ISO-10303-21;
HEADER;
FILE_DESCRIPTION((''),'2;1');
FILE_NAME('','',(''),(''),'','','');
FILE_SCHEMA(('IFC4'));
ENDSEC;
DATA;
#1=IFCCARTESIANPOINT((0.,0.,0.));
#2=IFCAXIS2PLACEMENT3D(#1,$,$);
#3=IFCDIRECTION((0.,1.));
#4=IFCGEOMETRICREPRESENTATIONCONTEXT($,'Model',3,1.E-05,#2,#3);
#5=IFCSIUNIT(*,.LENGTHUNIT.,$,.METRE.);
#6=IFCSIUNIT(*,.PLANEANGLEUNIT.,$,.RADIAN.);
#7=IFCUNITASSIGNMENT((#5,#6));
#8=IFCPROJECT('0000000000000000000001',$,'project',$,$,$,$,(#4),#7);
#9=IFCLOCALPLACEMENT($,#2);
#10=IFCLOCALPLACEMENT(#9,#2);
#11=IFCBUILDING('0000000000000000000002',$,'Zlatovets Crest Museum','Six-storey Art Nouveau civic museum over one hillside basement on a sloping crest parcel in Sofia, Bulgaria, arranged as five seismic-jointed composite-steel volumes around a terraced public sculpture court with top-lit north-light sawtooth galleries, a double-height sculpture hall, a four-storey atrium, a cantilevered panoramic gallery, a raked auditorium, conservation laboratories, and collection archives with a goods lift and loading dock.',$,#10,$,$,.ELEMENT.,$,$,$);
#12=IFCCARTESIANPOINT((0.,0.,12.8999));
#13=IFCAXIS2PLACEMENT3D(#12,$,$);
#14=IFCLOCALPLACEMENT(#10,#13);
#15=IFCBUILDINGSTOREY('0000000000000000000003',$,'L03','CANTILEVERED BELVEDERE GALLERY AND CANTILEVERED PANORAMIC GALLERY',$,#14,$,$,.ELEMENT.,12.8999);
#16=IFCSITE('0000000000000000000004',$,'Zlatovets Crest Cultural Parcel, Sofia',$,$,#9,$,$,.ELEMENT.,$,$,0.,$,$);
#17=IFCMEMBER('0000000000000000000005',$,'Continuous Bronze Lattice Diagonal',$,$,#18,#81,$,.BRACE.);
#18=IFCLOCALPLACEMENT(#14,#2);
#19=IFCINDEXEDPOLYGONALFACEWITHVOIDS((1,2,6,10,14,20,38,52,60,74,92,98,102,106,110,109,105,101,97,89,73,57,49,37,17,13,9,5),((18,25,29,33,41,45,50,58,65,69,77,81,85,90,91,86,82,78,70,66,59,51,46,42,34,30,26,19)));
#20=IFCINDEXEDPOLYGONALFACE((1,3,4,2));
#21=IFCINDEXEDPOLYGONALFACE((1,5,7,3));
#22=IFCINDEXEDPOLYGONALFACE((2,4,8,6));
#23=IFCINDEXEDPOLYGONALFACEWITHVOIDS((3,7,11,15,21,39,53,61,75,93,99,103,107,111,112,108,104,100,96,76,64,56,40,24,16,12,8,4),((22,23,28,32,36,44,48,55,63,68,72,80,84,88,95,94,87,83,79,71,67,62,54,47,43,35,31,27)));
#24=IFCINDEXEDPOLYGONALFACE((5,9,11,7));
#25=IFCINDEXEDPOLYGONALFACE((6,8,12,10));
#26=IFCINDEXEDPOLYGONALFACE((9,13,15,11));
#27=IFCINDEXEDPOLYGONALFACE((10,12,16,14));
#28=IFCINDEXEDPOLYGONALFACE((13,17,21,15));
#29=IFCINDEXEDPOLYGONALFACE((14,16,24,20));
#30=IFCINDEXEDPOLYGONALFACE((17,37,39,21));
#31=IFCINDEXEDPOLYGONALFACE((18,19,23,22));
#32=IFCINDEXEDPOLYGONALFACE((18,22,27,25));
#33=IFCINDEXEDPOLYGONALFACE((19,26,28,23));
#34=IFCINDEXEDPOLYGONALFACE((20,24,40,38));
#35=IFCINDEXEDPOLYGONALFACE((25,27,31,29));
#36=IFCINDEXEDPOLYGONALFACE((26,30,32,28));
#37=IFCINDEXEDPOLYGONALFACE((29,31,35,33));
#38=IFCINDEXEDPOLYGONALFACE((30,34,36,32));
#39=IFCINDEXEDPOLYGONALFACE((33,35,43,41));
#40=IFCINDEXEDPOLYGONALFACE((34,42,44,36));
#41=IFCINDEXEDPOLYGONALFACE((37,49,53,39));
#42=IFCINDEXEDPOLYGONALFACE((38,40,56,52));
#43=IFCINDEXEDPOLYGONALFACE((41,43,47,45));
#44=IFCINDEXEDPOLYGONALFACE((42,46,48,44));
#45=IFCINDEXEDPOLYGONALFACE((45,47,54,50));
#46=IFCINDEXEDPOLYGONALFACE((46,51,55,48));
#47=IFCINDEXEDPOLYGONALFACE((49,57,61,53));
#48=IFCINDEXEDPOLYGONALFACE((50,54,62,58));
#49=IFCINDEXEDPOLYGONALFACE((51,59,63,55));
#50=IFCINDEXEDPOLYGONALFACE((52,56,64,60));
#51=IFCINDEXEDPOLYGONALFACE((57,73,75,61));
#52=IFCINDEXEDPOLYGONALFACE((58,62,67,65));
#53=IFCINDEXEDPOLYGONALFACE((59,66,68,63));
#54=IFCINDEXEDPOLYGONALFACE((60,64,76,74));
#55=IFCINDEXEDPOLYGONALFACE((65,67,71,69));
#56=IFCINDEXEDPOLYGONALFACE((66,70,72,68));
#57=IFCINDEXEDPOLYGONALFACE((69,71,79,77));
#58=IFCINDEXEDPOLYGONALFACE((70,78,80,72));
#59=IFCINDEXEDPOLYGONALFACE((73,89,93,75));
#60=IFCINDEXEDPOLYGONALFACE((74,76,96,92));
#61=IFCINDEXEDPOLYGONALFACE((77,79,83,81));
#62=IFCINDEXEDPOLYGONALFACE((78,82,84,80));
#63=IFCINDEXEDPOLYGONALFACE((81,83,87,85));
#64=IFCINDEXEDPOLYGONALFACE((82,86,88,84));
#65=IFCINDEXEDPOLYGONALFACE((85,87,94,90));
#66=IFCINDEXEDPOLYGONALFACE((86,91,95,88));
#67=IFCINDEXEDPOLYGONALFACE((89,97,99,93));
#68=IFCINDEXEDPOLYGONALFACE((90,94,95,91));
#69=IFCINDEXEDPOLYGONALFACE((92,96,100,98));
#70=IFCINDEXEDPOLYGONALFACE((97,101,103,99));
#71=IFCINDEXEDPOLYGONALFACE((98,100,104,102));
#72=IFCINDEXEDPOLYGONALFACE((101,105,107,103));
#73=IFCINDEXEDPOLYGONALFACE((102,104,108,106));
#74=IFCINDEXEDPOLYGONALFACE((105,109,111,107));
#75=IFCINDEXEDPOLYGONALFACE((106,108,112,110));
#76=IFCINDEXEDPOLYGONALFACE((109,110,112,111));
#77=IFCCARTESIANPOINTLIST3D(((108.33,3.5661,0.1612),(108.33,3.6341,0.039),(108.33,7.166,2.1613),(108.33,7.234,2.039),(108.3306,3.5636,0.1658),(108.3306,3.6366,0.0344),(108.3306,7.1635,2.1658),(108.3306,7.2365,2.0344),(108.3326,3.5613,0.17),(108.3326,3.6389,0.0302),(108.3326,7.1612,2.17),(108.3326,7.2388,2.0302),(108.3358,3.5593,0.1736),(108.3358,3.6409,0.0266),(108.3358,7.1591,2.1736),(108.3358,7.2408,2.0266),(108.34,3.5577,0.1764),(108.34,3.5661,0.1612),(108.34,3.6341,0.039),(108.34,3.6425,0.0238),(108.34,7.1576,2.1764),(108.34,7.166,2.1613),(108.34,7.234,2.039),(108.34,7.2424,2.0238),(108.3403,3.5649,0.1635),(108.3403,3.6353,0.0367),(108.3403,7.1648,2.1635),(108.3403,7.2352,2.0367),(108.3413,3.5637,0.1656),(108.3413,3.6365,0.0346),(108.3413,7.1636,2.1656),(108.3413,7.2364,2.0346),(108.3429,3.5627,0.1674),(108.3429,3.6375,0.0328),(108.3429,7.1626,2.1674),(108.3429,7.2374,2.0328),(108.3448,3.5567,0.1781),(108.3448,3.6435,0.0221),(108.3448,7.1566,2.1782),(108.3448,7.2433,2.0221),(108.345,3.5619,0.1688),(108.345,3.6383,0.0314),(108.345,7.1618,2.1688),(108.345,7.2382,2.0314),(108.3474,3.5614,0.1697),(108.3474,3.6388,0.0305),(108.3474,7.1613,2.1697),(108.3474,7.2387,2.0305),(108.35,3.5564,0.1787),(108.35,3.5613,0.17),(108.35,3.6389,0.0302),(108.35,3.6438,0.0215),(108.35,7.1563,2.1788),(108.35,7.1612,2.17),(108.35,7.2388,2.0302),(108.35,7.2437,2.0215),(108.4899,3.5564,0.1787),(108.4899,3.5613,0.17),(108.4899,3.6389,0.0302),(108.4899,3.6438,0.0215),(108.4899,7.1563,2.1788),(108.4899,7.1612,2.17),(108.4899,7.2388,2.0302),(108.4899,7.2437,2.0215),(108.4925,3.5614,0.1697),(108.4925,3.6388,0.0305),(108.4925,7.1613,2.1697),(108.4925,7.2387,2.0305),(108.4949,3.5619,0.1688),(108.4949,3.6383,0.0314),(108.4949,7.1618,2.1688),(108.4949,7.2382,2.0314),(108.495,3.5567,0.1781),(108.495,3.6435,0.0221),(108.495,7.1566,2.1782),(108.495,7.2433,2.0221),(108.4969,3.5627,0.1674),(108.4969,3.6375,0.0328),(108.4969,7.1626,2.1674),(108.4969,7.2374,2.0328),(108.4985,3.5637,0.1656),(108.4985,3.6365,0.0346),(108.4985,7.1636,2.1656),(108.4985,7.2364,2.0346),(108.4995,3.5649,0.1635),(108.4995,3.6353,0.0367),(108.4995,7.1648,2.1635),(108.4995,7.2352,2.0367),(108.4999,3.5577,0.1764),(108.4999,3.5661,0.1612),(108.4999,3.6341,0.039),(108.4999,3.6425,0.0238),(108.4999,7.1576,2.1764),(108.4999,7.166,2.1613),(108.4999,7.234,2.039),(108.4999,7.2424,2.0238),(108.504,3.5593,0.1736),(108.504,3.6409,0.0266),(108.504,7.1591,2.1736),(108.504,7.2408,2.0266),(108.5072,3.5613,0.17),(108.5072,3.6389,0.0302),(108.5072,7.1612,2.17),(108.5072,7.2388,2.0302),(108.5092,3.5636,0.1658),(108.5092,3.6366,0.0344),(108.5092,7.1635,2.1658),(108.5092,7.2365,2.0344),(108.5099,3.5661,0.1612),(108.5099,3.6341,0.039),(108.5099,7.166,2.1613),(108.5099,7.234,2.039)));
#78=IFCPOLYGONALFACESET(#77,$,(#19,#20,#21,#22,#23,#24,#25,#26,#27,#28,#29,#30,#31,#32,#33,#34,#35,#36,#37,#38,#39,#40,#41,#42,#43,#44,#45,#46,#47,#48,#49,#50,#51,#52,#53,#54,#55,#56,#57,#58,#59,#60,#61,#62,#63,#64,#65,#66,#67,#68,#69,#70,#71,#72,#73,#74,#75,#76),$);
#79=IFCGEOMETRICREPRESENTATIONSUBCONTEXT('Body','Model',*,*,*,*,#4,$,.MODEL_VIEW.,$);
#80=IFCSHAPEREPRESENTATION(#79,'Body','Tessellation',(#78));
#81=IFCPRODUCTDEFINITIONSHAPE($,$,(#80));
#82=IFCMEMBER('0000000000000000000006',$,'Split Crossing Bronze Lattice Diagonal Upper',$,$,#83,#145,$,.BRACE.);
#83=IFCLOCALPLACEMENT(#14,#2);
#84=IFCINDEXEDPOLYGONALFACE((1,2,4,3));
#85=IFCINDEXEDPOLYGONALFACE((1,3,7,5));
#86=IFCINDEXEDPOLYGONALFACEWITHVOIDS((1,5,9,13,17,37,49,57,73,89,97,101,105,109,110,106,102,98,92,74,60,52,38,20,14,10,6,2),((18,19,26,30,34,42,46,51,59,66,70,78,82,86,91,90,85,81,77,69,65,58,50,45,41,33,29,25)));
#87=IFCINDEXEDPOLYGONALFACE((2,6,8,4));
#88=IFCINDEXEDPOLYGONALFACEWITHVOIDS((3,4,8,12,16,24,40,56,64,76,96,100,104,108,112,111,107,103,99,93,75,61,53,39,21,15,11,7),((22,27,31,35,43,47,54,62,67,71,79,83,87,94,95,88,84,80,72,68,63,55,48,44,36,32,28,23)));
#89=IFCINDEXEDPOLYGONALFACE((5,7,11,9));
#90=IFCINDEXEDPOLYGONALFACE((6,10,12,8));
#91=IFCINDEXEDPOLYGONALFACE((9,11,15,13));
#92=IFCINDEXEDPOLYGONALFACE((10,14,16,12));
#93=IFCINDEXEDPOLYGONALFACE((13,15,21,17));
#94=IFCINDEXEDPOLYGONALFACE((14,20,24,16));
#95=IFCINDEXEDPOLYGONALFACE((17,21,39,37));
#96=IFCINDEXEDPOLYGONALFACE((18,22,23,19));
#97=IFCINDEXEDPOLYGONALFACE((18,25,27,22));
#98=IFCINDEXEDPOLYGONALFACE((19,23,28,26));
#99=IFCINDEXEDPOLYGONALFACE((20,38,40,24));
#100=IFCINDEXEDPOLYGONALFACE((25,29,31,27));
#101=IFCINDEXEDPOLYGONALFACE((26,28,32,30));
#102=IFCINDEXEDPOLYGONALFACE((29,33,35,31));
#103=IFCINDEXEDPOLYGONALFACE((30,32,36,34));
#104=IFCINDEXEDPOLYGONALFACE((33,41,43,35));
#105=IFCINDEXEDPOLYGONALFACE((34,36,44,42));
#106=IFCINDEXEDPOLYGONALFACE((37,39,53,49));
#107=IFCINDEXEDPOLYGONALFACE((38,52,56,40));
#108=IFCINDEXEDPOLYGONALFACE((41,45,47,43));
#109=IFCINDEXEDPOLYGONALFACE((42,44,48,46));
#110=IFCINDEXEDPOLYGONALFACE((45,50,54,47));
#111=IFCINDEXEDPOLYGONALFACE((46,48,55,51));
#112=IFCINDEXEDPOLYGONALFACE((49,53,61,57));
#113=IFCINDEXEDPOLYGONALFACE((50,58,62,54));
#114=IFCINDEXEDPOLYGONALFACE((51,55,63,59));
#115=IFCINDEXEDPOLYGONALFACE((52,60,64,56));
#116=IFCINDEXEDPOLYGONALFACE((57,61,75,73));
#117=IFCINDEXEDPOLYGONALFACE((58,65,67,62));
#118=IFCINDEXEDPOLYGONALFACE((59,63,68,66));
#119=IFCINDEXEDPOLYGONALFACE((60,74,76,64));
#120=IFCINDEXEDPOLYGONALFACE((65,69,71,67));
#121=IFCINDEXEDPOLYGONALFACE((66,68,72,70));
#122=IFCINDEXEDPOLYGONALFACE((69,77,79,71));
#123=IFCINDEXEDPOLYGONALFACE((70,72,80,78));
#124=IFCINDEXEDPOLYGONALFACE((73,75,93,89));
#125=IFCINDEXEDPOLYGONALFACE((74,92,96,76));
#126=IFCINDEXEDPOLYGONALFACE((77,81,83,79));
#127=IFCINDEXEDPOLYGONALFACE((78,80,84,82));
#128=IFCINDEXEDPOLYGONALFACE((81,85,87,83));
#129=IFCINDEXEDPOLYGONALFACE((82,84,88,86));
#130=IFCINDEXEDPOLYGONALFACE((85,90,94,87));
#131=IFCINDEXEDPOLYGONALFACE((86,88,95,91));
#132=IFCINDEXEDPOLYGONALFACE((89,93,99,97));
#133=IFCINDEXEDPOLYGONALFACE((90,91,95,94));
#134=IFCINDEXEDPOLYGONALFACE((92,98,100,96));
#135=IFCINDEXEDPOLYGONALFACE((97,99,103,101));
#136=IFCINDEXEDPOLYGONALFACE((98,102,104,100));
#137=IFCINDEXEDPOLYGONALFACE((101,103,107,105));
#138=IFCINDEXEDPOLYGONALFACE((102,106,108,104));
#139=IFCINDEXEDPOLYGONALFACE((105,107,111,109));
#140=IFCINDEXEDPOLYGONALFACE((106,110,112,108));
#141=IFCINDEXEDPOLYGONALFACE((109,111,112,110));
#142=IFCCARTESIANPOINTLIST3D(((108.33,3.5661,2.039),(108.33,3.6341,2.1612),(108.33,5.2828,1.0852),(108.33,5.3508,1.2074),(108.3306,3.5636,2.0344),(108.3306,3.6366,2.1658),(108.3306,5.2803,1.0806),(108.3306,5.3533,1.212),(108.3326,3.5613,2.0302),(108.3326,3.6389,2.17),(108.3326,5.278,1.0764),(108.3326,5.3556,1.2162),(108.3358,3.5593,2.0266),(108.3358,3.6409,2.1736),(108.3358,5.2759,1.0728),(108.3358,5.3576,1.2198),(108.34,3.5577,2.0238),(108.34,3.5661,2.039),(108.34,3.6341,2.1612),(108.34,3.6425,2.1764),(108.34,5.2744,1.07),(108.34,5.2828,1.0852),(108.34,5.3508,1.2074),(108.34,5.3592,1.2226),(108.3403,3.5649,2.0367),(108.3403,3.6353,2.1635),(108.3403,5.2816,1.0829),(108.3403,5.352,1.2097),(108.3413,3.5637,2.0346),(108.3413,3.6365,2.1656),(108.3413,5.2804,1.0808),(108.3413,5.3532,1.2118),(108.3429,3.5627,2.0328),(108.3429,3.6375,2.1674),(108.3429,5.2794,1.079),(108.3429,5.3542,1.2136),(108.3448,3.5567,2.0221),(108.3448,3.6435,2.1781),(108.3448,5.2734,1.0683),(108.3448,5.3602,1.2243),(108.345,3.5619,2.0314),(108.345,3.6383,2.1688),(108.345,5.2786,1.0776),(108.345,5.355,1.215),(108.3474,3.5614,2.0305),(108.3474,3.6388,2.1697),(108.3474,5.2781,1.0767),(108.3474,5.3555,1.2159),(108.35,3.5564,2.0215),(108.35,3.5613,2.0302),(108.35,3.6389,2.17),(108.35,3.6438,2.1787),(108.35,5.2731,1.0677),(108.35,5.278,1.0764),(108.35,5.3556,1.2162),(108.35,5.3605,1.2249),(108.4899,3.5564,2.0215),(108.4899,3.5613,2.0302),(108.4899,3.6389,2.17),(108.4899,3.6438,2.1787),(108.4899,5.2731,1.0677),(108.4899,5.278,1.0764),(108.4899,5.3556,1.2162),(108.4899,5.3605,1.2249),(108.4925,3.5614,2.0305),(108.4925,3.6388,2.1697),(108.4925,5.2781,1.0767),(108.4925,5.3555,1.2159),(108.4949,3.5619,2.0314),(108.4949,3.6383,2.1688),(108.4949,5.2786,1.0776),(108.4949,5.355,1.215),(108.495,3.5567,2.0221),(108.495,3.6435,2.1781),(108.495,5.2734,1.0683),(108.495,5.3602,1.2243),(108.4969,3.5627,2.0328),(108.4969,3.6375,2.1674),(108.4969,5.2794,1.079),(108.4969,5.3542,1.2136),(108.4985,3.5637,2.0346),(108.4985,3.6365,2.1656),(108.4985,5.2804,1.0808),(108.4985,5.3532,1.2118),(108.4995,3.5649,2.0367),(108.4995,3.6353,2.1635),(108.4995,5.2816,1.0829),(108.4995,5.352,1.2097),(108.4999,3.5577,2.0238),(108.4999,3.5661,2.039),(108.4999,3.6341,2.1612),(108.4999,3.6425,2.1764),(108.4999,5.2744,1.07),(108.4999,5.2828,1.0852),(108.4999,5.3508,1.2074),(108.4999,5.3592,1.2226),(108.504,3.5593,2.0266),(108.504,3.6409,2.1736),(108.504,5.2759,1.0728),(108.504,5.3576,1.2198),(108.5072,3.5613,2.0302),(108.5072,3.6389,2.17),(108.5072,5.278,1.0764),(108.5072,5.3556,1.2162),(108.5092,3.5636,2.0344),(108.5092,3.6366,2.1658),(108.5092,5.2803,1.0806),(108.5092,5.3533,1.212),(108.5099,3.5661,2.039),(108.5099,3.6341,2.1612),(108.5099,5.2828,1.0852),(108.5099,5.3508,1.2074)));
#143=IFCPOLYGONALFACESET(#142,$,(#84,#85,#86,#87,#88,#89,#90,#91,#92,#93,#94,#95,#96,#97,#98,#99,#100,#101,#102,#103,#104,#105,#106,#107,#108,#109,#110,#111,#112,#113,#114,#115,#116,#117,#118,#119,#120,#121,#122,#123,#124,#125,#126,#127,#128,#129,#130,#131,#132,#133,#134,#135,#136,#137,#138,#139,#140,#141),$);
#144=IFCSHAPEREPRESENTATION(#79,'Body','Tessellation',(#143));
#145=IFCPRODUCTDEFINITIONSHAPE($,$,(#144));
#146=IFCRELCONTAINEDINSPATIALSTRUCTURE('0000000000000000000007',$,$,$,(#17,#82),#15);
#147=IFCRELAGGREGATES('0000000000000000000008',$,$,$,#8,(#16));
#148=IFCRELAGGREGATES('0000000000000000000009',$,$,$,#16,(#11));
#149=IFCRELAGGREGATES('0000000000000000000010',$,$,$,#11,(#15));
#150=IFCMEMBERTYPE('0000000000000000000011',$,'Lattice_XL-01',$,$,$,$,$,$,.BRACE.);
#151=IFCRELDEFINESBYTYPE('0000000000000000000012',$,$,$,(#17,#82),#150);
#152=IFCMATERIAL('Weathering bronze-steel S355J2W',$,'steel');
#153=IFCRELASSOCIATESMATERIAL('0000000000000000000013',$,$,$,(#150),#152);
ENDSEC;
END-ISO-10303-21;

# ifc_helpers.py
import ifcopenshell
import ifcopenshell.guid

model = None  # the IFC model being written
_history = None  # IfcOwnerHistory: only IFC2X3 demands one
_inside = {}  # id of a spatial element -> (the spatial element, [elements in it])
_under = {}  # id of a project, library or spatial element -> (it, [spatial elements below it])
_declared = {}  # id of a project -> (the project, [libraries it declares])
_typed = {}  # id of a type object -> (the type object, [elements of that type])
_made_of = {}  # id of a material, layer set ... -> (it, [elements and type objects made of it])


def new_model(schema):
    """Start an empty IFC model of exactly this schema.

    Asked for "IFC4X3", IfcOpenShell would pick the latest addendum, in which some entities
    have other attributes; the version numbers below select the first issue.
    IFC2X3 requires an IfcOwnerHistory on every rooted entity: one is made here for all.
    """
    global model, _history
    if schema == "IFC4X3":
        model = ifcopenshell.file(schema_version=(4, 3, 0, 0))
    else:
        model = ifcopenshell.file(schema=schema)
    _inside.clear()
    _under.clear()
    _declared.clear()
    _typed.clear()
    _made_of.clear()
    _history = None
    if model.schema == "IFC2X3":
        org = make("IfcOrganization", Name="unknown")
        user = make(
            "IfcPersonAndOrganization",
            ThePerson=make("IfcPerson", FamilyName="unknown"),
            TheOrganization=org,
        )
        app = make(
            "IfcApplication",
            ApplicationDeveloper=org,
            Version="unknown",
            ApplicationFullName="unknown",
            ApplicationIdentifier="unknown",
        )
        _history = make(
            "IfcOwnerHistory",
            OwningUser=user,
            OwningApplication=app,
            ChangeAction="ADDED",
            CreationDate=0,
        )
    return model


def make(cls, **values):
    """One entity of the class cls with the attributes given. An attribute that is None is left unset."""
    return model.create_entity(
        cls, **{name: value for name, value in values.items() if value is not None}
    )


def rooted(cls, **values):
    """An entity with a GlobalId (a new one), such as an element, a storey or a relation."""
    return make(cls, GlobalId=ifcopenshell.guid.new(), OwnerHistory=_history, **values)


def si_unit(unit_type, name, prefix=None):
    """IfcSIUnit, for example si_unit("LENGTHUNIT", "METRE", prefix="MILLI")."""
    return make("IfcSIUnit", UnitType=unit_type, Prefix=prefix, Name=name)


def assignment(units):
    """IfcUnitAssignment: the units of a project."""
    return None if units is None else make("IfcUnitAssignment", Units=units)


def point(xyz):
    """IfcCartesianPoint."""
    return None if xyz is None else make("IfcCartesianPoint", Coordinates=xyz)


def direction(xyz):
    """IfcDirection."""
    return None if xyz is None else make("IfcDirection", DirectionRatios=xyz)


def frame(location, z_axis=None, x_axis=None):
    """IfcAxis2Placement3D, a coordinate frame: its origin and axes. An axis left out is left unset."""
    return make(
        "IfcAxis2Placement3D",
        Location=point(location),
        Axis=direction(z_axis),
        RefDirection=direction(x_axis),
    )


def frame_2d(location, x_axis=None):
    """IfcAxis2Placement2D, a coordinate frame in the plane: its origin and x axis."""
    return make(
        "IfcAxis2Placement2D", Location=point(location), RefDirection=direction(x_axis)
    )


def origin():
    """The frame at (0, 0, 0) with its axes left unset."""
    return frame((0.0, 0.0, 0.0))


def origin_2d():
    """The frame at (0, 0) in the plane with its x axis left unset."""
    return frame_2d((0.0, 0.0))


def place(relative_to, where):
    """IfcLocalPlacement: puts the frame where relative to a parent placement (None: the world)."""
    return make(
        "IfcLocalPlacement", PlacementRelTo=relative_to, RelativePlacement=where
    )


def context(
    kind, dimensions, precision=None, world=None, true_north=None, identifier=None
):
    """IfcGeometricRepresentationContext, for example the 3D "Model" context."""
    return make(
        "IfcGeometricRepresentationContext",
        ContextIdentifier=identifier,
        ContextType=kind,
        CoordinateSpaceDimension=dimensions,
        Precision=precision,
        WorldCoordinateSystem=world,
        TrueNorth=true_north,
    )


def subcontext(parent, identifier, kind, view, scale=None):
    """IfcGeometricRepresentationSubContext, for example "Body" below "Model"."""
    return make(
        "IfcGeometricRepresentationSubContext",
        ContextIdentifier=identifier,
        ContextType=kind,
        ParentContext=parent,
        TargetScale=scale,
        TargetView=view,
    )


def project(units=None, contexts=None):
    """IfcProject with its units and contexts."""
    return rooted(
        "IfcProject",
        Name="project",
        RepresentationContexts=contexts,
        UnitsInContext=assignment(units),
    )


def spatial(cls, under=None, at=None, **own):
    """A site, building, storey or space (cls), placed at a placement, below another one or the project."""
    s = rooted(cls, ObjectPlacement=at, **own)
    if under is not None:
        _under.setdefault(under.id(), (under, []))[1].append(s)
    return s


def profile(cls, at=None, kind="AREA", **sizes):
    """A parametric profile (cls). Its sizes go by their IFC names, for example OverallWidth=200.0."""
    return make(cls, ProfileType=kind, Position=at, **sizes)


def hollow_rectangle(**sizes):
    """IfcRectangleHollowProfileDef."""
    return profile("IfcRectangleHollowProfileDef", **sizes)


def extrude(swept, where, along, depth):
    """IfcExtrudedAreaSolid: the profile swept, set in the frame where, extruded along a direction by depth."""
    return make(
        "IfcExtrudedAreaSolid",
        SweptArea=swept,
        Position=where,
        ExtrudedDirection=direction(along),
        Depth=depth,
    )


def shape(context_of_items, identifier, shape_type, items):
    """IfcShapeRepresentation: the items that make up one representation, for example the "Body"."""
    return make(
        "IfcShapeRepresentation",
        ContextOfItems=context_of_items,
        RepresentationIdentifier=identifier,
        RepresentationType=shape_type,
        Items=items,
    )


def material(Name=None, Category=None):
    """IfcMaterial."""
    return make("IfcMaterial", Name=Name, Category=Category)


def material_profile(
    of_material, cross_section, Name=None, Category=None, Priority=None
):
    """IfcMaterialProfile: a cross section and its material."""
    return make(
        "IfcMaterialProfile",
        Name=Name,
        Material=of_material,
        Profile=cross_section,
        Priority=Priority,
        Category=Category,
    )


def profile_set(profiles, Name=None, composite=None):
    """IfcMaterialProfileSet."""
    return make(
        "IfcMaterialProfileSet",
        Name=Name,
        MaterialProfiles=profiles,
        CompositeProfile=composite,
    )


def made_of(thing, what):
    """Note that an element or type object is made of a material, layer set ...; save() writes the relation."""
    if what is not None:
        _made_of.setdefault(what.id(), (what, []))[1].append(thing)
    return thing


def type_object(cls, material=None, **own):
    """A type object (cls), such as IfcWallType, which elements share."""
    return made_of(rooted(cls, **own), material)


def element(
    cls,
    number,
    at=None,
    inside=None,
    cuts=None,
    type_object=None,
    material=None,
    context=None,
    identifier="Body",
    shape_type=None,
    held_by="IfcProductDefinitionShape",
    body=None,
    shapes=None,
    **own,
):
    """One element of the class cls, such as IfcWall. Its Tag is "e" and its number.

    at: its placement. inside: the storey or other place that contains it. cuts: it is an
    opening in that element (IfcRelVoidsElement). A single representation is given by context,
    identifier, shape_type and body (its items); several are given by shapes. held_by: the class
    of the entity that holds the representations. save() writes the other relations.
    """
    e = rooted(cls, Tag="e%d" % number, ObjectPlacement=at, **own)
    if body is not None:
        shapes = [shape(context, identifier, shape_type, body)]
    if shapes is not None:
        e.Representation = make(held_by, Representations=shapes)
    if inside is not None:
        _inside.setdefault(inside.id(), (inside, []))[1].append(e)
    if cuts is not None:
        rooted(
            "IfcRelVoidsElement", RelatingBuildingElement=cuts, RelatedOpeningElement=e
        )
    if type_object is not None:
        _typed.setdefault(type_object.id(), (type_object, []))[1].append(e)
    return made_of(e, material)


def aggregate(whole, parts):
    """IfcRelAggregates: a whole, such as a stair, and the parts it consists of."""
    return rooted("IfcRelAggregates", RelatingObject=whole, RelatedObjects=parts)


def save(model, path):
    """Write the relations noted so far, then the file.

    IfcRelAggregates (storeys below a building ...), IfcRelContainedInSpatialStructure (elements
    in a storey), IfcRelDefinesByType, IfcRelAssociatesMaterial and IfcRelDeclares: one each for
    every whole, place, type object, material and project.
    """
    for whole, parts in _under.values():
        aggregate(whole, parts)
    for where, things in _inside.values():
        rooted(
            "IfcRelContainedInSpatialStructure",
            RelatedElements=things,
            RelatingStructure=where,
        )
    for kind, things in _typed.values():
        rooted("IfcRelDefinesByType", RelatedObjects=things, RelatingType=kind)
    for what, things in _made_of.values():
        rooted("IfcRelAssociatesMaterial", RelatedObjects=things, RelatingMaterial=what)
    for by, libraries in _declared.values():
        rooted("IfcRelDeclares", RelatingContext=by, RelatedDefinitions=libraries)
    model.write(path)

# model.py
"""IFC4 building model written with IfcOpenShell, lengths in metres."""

from ifc_helpers import new_model, si_unit, direction, frame, origin, origin_2d, place, context, subcontext, project, spatial, hollow_rectangle, extrude, material, material_profile, profile_set, type_object, element, save


model = new_model("IFC4")

# Units and contexts
model_context = context("Model", 3, precision=1e-05, world=origin(), true_north=direction((0.0, 1.0)))
body_context = subcontext(model_context, "Body", "Model", "MODEL_VIEW")
ifc_project = project(units=[si_unit("LENGTHUNIT", "METRE"), si_unit("PLANEANGLEUNIT", "RADIAN")], contexts=[model_context])

# Site, building, storey
site_placement = place(None, origin())
site = spatial("IfcSite", under=ifc_project, at=site_placement, Name="Zlatovets Crest Cultural Parcel, Sofia", CompositionType="ELEMENT", RefElevation=0.0)
building_placement = place(site_placement, origin())
building = spatial("IfcBuilding", under=site, at=building_placement, Name="Zlatovets Crest Museum", Description="Six-storey Art Nouveau civic museum over one hillside basement on a sloping crest parcel in Sofia, Bulgaria, arranged as five seismic-jointed composite-steel volumes around a terraced public sculpture court with top-lit north-light sawtooth galleries, a double-height sculpture hall, a four-storey atrium, a cantilevered panoramic gallery, a raked auditorium, conservation laboratories, and collection archives with a goods lift and loading dock.", CompositionType="ELEMENT")
storey_placement = place(building_placement, frame((0.0, 0.0, 12.8999)))
storey = spatial("IfcBuildingStorey", under=building, at=storey_placement, Name="L03", Description="CANTILEVERED BELVEDERE GALLERY AND CANTILEVERED PANORAMIC GALLERY", CompositionType="ELEMENT", Elevation=12.8999)

# Members
ifc_material_1 = material(Name="Weathering bronze-steel S355J2W", Category="steel")
ifc_material_profile_1 = material_profile(ifc_material_1, hollow_rectangle(XDim=0.1799, YDim=0.1799, WallThickness=0.01, InnerFilletRadius=0.01, OuterFilletRadius=0.02, at=origin_2d()), Name="SHS 180x180x10.0")
ifc_profile_set_1 = profile_set([ifc_material_profile_1], Name="Weathering bronze-steel S355J2W")
member_type_1 = type_object("IfcMemberType", Name="Lattice_XL-01", PredefinedType="BRACE", material=ifc_profile_set_1)
member_1_placement = place(storey_placement, frame((108.4199, 3.6001, 0.1001), z_axis=(0.0, 0.874149, 0.485658), x_axis=(-1.0, 0.0, 0.0)))
element("IfcMember", 1, at=member_1_placement, inside=storey, type_object=member_type_1, Name="Continuous Bronze Lattice Diagonal", PredefinedType="BRACE", context=body_context, shape_type="SweptSolid", body=[
    extrude(hollow_rectangle(XDim=0.1799, YDim=0.1799, WallThickness=0.01, InnerFilletRadius=0.01, OuterFilletRadius=0.02, at=origin_2d()), origin(), (0.0, 0.0, 1.0), 4.1182),
])
member_2_placement = place(storey_placement, frame((108.4199, 3.6001, 2.1001), z_axis=(0.0, 0.87414, -0.485675), x_axis=(-1.0, 0.0, 0.0)))
element("IfcMember", 2, at=member_2_placement, inside=storey, type_object=member_type_1, Name="Split Crossing Bronze Lattice Diagonal Upper", PredefinedType="BRACE", context=body_context, shape_type="SweptSolid", body=[
    extrude(hollow_rectangle(XDim=0.1799, YDim=0.1799, WallThickness=0.01, InnerFilletRadius=0.01, OuterFilletRadius=0.02, at=origin_2d()), origin(), (0.0, 0.0, 1.0), 1.9639),
])

save(model, "model.ifc")
